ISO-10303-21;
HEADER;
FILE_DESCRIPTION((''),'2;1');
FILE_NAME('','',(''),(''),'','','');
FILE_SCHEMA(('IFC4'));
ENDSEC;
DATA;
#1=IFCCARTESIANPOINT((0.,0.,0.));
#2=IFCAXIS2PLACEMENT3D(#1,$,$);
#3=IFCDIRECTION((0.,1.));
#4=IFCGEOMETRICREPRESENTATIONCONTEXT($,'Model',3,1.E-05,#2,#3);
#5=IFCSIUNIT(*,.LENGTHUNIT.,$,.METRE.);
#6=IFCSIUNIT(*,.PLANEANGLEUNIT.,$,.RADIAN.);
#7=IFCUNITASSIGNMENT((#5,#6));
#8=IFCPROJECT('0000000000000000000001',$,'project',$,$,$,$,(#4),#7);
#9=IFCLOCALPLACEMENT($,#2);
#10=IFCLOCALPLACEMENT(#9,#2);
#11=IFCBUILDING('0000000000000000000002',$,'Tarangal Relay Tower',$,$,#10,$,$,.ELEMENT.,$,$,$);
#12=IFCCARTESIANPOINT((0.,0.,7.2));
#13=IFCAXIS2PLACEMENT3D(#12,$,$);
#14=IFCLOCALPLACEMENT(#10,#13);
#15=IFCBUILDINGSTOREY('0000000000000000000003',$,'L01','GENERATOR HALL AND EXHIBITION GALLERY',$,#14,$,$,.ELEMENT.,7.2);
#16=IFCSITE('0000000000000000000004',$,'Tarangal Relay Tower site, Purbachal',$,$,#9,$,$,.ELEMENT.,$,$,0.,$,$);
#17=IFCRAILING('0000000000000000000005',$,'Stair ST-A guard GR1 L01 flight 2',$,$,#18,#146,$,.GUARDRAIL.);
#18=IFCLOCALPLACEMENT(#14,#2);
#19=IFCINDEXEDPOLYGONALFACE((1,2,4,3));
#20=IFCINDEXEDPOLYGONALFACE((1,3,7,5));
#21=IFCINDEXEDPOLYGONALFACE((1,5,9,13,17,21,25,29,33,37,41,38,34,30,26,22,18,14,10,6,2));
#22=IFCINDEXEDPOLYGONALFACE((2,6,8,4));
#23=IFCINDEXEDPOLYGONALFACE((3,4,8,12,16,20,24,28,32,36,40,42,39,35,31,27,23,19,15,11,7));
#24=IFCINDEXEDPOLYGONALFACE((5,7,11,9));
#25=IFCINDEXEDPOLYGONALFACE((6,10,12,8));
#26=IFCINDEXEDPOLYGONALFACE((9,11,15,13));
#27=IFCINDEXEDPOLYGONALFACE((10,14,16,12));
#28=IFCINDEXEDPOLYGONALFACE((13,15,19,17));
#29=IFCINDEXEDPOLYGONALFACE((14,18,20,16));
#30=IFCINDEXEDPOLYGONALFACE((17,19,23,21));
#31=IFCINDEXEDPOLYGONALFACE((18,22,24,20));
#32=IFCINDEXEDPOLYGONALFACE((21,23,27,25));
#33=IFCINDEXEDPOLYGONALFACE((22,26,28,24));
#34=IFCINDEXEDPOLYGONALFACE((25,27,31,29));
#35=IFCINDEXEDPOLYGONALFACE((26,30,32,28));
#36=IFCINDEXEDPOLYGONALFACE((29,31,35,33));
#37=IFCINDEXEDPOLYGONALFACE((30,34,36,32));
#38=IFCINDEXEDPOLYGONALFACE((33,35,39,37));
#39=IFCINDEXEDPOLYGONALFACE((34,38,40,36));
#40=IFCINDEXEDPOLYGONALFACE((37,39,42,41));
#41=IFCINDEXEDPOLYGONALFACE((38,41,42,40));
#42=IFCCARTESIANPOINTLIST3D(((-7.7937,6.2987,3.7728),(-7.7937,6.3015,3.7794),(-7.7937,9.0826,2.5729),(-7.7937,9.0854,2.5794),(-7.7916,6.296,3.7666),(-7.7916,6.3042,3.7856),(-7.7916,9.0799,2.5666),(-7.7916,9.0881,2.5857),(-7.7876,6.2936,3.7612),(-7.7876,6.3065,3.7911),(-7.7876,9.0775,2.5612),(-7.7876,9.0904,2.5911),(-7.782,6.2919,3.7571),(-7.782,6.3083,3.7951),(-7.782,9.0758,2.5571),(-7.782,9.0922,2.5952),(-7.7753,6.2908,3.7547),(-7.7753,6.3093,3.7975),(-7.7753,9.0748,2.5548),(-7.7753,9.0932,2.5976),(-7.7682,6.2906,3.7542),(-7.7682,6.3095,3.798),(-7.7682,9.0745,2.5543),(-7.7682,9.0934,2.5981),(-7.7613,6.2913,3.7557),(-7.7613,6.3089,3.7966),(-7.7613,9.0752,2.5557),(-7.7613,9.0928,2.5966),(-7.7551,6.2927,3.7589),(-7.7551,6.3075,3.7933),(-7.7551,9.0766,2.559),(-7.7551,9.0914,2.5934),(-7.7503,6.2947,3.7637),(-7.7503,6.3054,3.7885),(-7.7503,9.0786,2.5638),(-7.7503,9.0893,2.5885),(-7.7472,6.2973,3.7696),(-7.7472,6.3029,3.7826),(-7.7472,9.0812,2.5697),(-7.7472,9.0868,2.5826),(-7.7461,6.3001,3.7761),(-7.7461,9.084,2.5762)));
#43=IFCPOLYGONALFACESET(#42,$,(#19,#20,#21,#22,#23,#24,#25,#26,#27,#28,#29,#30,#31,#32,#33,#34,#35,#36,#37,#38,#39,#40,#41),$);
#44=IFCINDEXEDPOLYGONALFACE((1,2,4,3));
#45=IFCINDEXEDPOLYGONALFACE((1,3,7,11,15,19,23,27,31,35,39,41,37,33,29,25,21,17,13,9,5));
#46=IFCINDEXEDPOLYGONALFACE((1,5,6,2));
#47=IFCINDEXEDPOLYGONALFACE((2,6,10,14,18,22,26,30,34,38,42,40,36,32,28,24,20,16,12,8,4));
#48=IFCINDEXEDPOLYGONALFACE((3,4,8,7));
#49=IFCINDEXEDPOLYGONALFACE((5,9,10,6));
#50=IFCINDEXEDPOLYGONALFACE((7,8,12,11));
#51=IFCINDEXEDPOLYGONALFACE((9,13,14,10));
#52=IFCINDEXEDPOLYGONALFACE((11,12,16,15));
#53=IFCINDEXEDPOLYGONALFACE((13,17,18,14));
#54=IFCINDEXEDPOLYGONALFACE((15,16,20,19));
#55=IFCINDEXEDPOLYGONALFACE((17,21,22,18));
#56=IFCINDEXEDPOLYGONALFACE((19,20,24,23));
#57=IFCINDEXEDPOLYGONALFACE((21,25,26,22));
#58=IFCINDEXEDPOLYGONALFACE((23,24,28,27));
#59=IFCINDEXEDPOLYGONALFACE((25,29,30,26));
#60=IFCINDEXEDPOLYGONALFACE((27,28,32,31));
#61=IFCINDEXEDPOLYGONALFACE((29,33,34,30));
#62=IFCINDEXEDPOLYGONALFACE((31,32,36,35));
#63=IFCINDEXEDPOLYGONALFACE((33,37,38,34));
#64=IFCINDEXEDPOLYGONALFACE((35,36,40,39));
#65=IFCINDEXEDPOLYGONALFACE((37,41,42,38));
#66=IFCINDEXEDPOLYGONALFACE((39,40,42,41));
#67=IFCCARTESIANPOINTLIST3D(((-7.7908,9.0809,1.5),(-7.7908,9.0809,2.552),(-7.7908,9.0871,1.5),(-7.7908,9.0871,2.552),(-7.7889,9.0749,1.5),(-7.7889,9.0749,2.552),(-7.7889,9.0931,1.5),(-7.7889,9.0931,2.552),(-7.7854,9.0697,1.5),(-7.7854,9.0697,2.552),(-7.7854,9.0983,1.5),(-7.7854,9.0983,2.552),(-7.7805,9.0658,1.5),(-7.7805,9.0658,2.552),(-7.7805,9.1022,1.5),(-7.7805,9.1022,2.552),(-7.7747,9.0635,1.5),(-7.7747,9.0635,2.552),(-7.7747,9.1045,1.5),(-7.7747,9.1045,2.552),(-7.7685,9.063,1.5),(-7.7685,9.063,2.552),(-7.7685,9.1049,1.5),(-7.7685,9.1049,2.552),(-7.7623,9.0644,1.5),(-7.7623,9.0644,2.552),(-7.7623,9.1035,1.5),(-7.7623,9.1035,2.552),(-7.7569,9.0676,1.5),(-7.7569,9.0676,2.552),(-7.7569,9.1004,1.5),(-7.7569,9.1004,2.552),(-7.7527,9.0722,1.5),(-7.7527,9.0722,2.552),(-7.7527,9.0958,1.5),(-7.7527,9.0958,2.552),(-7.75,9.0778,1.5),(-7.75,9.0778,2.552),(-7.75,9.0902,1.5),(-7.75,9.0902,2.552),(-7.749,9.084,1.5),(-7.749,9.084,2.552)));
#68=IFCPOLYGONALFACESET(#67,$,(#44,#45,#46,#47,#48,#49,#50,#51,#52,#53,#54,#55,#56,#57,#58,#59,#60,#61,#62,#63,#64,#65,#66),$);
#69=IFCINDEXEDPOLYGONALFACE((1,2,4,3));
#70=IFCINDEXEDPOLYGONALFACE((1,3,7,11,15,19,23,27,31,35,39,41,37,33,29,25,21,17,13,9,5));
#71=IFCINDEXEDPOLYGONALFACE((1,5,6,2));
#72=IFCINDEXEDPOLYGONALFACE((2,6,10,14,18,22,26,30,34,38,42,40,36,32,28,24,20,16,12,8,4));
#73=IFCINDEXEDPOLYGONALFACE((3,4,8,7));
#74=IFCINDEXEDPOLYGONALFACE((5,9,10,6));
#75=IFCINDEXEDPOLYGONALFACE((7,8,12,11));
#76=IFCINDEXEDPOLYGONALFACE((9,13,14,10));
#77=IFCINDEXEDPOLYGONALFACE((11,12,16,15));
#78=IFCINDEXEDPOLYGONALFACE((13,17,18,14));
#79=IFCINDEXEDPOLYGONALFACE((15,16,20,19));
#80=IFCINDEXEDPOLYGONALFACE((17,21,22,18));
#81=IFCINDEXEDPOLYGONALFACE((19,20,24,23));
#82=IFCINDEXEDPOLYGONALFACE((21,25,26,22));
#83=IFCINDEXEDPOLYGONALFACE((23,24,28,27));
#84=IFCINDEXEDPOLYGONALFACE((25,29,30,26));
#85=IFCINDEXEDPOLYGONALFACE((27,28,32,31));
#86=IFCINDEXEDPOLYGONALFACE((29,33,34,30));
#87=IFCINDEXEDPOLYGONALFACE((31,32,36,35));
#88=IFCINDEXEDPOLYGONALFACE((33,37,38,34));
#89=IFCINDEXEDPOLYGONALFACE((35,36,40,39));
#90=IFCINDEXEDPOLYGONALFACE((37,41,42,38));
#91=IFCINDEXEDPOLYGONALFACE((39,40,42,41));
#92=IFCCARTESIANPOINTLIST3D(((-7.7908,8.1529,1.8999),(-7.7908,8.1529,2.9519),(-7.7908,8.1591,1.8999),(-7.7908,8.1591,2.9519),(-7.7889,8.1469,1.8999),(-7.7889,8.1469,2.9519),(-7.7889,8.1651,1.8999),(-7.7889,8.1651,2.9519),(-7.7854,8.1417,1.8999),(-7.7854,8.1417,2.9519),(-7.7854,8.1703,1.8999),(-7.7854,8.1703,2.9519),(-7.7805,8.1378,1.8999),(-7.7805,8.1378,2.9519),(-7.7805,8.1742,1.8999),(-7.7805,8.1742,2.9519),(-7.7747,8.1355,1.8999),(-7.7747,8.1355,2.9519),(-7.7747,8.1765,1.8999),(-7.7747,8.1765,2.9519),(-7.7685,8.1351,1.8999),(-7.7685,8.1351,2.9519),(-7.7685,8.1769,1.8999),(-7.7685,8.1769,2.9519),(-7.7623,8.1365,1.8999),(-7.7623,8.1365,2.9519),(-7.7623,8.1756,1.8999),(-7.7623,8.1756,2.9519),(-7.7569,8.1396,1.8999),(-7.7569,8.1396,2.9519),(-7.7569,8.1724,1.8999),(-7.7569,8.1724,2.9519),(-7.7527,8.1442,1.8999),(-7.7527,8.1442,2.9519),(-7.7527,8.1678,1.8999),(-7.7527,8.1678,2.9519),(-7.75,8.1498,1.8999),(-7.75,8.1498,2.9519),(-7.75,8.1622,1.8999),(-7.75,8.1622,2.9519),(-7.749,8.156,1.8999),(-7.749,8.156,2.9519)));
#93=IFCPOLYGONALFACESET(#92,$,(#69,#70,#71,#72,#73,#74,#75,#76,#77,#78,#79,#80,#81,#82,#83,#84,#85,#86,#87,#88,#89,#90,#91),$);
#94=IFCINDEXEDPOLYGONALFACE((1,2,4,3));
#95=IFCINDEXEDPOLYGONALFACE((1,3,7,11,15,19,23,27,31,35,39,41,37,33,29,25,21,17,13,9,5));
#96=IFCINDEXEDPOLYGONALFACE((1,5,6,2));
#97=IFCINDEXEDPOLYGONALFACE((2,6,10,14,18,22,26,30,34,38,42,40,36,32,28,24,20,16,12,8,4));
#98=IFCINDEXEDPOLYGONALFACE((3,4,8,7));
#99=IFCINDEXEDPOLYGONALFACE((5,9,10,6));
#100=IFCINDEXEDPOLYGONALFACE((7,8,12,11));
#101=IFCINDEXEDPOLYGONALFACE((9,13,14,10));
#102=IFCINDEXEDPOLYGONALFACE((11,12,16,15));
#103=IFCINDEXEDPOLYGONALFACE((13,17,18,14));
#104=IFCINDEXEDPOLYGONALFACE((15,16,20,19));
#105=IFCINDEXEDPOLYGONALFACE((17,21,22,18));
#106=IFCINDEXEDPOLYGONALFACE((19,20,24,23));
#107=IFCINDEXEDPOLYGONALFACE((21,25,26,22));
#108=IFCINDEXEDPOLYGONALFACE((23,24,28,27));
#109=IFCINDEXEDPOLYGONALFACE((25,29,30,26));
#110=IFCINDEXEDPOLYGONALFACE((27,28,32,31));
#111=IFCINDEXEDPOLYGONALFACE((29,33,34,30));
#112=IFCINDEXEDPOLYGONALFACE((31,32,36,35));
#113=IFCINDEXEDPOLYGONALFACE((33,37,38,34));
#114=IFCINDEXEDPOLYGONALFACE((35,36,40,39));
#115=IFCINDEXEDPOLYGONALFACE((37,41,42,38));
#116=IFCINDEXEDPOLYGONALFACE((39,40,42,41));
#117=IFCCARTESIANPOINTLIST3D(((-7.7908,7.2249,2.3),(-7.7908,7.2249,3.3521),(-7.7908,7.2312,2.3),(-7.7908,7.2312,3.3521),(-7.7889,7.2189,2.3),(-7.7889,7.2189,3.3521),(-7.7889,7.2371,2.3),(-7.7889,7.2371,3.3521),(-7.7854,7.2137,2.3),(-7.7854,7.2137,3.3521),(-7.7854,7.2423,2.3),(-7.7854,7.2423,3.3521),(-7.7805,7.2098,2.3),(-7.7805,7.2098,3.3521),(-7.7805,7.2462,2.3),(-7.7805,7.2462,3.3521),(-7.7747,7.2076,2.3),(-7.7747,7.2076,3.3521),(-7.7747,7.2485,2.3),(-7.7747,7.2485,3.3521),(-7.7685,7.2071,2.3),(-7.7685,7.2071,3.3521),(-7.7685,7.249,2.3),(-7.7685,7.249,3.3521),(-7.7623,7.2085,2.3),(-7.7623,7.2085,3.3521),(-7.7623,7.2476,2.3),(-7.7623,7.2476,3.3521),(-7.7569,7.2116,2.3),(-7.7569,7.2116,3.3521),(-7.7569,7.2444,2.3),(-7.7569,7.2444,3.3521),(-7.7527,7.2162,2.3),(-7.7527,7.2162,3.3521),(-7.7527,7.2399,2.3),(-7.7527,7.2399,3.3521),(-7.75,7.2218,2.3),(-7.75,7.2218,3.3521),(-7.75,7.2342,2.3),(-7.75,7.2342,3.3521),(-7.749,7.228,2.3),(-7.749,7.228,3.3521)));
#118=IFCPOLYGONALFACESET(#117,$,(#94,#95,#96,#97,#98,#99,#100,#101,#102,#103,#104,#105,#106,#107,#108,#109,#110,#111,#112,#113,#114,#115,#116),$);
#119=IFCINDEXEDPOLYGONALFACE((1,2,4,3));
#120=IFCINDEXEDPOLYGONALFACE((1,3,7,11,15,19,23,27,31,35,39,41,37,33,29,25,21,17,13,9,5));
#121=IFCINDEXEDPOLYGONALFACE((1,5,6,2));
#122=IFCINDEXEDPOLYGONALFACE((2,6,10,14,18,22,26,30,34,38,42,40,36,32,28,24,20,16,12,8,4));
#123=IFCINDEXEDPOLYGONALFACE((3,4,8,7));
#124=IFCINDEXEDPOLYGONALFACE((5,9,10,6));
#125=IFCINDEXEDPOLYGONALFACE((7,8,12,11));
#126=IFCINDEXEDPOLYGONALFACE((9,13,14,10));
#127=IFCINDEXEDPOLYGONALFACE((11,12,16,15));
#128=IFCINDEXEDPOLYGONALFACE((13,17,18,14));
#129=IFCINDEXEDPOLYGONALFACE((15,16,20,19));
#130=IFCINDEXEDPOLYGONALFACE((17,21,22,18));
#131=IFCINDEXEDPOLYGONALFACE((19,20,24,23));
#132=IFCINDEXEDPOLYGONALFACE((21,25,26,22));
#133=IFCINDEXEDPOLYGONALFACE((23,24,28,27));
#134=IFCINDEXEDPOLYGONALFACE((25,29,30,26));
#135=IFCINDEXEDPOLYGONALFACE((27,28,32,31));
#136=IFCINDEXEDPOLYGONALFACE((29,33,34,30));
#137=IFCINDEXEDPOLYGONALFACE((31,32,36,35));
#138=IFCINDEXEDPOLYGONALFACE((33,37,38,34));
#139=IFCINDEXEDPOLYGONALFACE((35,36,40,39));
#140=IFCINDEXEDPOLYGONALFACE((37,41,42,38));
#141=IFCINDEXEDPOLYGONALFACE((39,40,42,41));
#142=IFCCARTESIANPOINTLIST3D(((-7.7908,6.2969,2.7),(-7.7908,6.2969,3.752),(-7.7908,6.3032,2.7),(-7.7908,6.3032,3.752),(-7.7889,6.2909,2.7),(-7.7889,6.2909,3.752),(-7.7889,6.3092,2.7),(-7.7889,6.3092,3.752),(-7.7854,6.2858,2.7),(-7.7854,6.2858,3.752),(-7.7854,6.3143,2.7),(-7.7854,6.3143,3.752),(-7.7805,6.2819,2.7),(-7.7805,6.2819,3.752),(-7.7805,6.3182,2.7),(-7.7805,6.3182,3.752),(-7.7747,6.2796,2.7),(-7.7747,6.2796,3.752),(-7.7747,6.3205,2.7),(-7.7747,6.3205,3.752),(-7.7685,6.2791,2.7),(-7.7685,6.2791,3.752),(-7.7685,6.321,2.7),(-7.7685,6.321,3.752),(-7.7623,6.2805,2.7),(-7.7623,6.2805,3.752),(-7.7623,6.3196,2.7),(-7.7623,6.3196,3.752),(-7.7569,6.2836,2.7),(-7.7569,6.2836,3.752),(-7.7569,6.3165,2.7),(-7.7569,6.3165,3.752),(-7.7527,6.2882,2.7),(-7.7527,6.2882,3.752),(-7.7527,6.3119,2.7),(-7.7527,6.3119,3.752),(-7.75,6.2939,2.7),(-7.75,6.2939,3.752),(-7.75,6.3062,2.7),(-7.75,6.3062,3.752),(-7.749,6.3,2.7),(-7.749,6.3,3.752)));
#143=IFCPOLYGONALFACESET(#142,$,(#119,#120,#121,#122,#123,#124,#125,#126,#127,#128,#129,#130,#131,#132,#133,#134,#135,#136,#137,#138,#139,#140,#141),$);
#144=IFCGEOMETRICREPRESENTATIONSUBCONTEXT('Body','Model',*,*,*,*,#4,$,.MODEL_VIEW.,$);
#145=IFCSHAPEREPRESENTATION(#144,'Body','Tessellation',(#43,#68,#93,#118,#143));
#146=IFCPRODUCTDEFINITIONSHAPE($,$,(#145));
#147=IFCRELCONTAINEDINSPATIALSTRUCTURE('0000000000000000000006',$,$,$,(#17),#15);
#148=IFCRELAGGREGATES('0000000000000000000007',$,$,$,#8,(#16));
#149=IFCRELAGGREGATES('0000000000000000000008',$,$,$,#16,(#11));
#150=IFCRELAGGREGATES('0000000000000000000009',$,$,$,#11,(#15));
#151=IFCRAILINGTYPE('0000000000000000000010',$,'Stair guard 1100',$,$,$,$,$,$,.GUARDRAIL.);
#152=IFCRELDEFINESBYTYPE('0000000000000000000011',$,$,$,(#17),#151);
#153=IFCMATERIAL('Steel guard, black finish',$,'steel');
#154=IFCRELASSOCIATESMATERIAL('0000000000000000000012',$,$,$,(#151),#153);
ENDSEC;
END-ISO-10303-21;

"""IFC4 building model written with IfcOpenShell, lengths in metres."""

from ifc_helpers import new_model, si_unit, direction, frame, origin, origin_2d, place, context, subcontext, project, spatial, circle, extrude, material, type_object, element, save


model = new_model("IFC4")

# Units and contexts
model_context = context("Model", 3, precision=1e-05, world=origin(), true_north=direction((0.0, 1.0)))
body_context = subcontext(model_context, "Body", "Model", "MODEL_VIEW")
ifc_project = project(units=[si_unit("LENGTHUNIT", "METRE"), si_unit("PLANEANGLEUNIT", "RADIAN")], contexts=[model_context])

# Site, building, storey
site_placement = place(None, origin())
site = spatial("IfcSite", under=ifc_project, at=site_placement, Name="Tarangal Relay Tower site, Purbachal", CompositionType="ELEMENT", RefElevation=0.0)
building_placement = place(site_placement, origin())
building = spatial("IfcBuilding", under=site, at=building_placement, Name="Tarangal Relay Tower", CompositionType="ELEMENT")
storey_placement = place(building_placement, frame((0.0, 0.0, 7.2)))
storey = spatial("IfcBuildingStorey", under=building, at=storey_placement, Name="L01", Description="GENERATOR HALL AND EXHIBITION GALLERY", CompositionType="ELEMENT", Elevation=7.2)

# Railing
ifc_material_1 = material(Name="Steel guard, black finish", Category="steel")
railing_type_1 = type_object("IfcRailingType", Name="Stair guard 1100", PredefinedType="GUARDRAIL", material=ifc_material_1)
railing_1_placement = place(storey_placement, frame((-7.77, 9.084, 1.5)))
element("IfcRailing", 1, at=railing_1_placement, inside=storey, type_object=railing_type_1, Name="Stair ST-A guard GR1 L01 flight 2", PredefinedType="GUARDRAIL", context=body_context, shape_type="SweptSolid", body=[
    extrude(circle(Radius=0.0239, at=origin_2d()), frame((0.0, 0.0, 1.0762), z_axis=(0.0, -0.918327, 0.395823), x_axis=(1.0, 0.0, 0.0)), (0.0, 0.0, 1.0), 3.0315),
    extrude(circle(Radius=0.021, at=origin_2d()), origin(), (0.0, 0.0, 1.0), 1.052),
    extrude(circle(Radius=0.021, at=origin_2d()), frame((0.0, -0.928, 0.3999)), (0.0, 0.0, 1.0), 1.052),
    extrude(circle(Radius=0.021, at=origin_2d()), frame((0.0, -1.856, 0.8)), (0.0, 0.0, 1.0), 1.052),
    extrude(circle(Radius=0.021, at=origin_2d()), frame((0.0, -2.7839, 1.2)), (0.0, 0.0, 1.0), 1.052),
])

save(model, "model.ifc")
